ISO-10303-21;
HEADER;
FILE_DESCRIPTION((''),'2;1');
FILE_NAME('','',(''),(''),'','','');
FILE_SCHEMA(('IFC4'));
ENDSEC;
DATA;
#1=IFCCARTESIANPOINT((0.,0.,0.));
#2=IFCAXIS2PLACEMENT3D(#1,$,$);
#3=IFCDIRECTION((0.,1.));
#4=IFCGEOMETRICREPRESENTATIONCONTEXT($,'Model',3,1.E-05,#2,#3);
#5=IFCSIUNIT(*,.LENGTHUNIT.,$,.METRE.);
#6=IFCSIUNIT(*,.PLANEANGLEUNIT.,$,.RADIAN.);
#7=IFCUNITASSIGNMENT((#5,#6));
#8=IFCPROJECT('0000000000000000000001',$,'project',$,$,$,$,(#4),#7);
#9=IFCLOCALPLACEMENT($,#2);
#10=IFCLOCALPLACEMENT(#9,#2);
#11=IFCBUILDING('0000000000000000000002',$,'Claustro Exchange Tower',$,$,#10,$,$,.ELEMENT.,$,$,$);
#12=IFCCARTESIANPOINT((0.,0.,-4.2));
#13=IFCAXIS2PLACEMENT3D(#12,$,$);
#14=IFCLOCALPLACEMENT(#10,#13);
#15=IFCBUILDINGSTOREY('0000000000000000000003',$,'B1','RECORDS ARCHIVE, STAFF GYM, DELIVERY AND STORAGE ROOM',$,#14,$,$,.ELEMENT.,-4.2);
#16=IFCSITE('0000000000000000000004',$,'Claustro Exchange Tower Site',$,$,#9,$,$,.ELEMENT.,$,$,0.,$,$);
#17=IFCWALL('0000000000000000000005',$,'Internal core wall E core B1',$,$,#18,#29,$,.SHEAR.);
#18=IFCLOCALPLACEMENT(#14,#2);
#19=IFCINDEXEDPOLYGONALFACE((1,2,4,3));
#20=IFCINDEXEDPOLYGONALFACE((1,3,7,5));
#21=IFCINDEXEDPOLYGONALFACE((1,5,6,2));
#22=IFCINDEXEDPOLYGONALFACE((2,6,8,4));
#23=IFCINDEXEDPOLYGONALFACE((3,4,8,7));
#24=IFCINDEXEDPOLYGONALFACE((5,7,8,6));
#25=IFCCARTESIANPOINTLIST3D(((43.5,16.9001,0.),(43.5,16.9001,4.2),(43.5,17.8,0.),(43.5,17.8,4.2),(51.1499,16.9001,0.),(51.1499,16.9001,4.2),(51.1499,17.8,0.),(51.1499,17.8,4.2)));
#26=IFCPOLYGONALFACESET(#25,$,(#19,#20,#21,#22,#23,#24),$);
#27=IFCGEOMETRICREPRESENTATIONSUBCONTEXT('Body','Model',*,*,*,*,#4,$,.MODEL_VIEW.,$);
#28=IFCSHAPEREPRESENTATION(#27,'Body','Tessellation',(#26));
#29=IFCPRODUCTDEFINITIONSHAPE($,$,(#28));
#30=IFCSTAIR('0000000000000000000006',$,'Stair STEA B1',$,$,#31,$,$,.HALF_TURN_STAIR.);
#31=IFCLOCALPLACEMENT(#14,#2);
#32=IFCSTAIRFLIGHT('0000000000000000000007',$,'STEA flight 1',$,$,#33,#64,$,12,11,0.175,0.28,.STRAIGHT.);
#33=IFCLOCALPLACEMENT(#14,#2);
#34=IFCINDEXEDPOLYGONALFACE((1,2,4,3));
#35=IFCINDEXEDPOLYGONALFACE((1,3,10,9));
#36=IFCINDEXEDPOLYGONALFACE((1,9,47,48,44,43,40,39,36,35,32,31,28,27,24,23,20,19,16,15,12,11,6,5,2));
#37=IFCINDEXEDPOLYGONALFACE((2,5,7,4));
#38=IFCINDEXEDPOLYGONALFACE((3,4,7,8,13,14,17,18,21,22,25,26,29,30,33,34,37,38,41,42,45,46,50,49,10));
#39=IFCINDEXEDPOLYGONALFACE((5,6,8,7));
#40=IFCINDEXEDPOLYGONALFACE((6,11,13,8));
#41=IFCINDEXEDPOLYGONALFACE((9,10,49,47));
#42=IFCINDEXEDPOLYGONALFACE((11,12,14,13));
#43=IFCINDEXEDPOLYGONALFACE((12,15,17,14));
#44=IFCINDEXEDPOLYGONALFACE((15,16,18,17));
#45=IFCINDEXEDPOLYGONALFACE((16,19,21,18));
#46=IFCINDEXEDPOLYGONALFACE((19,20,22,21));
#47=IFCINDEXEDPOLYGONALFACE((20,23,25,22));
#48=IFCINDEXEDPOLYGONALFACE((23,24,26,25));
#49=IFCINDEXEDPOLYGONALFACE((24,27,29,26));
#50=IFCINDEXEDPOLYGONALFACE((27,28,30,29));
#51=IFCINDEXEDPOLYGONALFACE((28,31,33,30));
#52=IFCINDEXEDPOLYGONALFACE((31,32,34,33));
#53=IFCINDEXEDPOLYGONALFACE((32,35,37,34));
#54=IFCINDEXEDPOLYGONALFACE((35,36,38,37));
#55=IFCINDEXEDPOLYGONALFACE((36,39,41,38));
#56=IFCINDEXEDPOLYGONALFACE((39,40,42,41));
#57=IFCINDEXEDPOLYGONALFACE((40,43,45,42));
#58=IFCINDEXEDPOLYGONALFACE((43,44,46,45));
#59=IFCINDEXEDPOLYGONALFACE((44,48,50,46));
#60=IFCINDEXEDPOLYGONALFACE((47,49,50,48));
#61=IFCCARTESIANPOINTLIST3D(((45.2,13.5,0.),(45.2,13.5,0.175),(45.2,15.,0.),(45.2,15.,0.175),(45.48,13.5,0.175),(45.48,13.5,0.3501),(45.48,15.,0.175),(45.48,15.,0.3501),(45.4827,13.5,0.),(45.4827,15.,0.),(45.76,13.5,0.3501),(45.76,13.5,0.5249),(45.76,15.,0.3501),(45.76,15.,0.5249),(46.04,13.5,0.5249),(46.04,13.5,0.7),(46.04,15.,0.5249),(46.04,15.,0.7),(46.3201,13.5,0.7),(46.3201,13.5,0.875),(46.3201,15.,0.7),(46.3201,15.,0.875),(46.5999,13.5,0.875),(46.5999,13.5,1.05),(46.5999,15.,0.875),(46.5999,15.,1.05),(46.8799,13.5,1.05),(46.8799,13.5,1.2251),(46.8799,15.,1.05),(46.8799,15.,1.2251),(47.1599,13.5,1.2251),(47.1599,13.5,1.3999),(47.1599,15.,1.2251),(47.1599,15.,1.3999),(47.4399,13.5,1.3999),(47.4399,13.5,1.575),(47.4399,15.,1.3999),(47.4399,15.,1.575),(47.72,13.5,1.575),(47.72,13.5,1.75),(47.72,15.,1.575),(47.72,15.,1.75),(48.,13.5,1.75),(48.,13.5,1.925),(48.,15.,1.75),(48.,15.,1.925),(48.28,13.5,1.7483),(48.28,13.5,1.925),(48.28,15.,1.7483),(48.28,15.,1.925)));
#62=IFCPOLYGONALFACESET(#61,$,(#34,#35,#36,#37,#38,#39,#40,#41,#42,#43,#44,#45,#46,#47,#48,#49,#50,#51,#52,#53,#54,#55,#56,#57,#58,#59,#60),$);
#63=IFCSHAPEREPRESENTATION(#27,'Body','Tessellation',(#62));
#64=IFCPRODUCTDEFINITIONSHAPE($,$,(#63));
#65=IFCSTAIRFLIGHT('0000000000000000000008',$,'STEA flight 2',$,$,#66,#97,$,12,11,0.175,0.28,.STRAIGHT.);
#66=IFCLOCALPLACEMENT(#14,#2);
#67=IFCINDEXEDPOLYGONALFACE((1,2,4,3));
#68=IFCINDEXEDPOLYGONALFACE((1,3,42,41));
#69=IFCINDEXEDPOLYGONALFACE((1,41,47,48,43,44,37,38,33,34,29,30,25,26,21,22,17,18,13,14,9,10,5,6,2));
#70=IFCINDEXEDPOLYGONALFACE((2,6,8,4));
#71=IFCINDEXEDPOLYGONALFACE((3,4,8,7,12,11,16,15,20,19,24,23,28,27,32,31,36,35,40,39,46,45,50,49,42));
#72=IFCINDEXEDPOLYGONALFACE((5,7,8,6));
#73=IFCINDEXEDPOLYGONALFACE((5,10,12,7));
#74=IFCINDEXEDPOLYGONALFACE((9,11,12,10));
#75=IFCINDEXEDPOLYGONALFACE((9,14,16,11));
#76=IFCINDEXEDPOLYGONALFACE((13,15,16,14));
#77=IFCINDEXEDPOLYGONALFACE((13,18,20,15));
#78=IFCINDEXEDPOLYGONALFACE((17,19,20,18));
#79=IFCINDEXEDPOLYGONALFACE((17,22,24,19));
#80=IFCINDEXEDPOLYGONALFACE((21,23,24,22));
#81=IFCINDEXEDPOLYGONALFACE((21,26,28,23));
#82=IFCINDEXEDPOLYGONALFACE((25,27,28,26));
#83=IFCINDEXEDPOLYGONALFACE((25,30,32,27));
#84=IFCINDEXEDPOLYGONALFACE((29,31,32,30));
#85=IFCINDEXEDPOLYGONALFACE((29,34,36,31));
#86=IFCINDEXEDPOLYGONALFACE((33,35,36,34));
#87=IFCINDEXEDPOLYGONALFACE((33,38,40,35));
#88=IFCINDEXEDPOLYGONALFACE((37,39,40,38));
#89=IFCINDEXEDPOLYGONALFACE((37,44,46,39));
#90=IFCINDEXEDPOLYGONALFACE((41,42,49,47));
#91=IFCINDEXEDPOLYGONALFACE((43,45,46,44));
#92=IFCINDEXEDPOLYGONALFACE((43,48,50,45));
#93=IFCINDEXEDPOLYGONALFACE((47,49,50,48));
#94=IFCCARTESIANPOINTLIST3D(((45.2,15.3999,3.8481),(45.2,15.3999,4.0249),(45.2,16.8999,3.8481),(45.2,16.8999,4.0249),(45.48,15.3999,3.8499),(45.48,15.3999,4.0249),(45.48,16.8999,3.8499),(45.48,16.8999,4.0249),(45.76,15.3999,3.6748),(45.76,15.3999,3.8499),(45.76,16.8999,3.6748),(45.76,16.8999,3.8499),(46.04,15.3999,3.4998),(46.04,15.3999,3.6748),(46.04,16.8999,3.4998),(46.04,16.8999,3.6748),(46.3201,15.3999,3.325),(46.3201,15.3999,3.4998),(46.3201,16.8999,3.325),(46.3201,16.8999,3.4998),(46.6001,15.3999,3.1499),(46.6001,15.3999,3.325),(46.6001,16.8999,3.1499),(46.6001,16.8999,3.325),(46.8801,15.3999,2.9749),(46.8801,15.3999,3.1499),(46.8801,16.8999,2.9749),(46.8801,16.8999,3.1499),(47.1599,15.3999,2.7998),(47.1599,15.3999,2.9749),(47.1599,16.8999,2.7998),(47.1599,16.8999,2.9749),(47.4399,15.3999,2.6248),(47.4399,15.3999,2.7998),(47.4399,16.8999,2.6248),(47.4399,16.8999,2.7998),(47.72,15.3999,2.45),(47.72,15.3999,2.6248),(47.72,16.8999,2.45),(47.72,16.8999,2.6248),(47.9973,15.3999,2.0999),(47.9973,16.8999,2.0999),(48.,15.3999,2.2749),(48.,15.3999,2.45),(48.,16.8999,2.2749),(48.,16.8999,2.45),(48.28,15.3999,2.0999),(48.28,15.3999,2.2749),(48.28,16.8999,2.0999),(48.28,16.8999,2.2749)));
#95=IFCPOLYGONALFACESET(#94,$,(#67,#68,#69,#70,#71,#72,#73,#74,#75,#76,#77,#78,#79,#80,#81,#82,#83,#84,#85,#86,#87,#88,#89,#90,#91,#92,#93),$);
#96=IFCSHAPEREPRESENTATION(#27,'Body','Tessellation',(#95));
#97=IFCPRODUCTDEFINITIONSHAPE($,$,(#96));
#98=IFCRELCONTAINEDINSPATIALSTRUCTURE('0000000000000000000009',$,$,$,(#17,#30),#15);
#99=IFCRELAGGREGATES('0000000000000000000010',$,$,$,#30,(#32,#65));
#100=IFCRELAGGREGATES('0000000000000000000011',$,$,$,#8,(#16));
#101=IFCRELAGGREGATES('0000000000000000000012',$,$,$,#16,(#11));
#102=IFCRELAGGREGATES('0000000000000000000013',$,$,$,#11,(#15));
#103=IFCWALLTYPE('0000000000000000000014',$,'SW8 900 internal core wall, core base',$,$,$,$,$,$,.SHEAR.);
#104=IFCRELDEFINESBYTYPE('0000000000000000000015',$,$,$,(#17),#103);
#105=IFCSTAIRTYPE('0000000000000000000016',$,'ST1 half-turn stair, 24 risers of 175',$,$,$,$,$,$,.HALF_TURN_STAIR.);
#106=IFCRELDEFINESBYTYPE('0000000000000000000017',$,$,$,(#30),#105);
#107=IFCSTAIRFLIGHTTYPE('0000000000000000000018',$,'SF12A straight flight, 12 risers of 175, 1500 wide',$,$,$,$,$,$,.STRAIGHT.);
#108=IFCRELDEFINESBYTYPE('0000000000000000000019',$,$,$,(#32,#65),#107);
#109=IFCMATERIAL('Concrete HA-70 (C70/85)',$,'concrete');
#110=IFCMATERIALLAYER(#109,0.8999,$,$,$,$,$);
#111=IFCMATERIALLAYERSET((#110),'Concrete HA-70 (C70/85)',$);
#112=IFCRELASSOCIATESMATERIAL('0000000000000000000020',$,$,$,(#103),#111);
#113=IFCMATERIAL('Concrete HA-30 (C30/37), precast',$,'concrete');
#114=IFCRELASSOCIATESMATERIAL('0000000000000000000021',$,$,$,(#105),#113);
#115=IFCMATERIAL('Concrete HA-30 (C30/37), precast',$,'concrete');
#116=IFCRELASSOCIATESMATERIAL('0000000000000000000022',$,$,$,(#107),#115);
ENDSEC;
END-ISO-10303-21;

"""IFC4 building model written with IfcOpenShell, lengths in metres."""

from ifc_helpers import new_model, si_unit, direction, frame, frame_2d, origin, place, context, subcontext, project, spatial, polyline, rectangle, outline, extrude, material, layer, layer_set, type_object, element, aggregate, save


model = new_model("IFC4")

# Units and contexts
model_context = context("Model", 3, precision=1e-05, world=origin(), true_north=direction((0.0, 1.0)))
body_context = subcontext(model_context, "Body", "Model", "MODEL_VIEW")
ifc_project = project(units=[si_unit("LENGTHUNIT", "METRE"), si_unit("PLANEANGLEUNIT", "RADIAN")], contexts=[model_context])

# Site, building, storey
site_placement = place(None, origin())
site = spatial("IfcSite", under=ifc_project, at=site_placement, Name="Claustro Exchange Tower Site", CompositionType="ELEMENT", RefElevation=0.0)
building_placement = place(site_placement, origin())
building = spatial("IfcBuilding", under=site, at=building_placement, Name="Claustro Exchange Tower", CompositionType="ELEMENT")
storey_placement = place(building_placement, frame((0.0, 0.0, -4.2)))
storey = spatial("IfcBuildingStorey", under=building, at=storey_placement, Name="B1", Description="RECORDS ARCHIVE, STAFF GYM, DELIVERY AND STORAGE ROOM", CompositionType="ELEMENT", Elevation=-4.2)

# Wall
ifc_material_1 = material(Name="Concrete HA-70 (C70/85)", Category="concrete")
ifc_layer_1 = layer(ifc_material_1, 0.8999)
ifc_layer_set_1 = layer_set([ifc_layer_1], Name="Concrete HA-70 (C70/85)")
wall_type_1 = type_object("IfcWallType", Name="SW8 900 internal core wall, core base", PredefinedType="SHEAR", material=ifc_layer_set_1)
wall_1_placement = place(storey_placement, frame((51.1499, 17.3501, 0.0), z_axis=(0.0, 0.0, 1.0), x_axis=(-1.0, 0.0, 0.0)))
element("IfcWall", 1, at=wall_1_placement, inside=storey, type_object=wall_type_1, Name="Internal core wall E core B1", PredefinedType="SHEAR", context=body_context, shape_type="SweptSolid", body=[
    extrude(rectangle(XDim=7.6499, YDim=0.8999, at=frame_2d((3.825, 0.0))), origin(), (0.0, 0.0, 1.0), 4.2),
])

# Stair, stair flights
ifc_material_2 = material(Name="Concrete HA-30 (C30/37), precast", Category="concrete")
stair_type = type_object("IfcStairType", Name="ST1 half-turn stair, 24 risers of 175", PredefinedType="HALF_TURN_STAIR", material=ifc_material_2)
stair_placement = place(storey_placement, origin())
stair = element("IfcStair", 2, at=stair_placement, inside=storey, type_object=stair_type, Name="Stair STEA B1", PredefinedType="HALF_TURN_STAIR")
ifc_material_3 = material(Name="Concrete HA-30 (C30/37), precast", Category="concrete")
stair_flight_type = type_object("IfcStairFlightType", Name="SF12A straight flight, 12 risers of 175, 1500 wide", PredefinedType="STRAIGHT", material=ifc_material_3)
stair_flight_1_placement = place(storey_placement, frame((45.2, 14.25, 0.0), z_axis=(0.0, 0.0, 1.0), x_axis=(1.0, 0.0, 0.0)))
stair_flight_1 = element("IfcStairFlight", 3, at=stair_flight_1_placement, type_object=stair_flight_type, Name="STEA flight 1", NumberOfRisers=12, NumberOfTreads=11, PredefinedType="STRAIGHT", RiserHeight=0.175, TreadLength=0.28, context=body_context, shape_type="SweptSolid", body=[
    extrude(outline(polyline([(0.0, 0.0), (0.0, 0.175), (0.28, 0.175), (0.28, 0.3501), (0.5601, 0.3501), (0.5601, 0.5249), (0.8401, 0.5249), (0.8401, 0.7), (1.1201, 0.7), (1.1201, 0.875), (1.3999, 0.875), (1.3999, 1.05), (1.6799, 1.05), (1.6799, 1.2251), (1.96, 1.2251), (1.96, 1.3999), (2.24, 1.3999), (2.24, 1.575), (2.52, 1.575), (2.52, 1.75), (2.8, 1.75), (2.8, 1.925), (3.0801, 1.925), (3.0801, 2.1001), (3.0801, 1.7483), (0.2827, 0.0), (0.0, 0.0)])), frame((0.0, 0.75, 0.0), z_axis=(0.0, -1.0, 0.0), x_axis=(1.0, 0.0, 0.0)), (0.0, 0.0, 1.0), 1.5),
])
stair_flight_2_placement = place(storey_placement, frame((48.28, 16.1499, 2.0999), z_axis=(0.0, 0.0, 1.0), x_axis=(-1.0, 0.0, 0.0)))
stair_flight_2 = element("IfcStairFlight", 4, at=stair_flight_2_placement, type_object=stair_flight_type, Name="STEA flight 2", NumberOfRisers=12, NumberOfTreads=11, PredefinedType="STRAIGHT", RiserHeight=0.175, TreadLength=0.28, context=body_context, shape_type="SweptSolid", body=[
    extrude(outline(polyline([(0.0, 0.0), (0.0, 0.175), (0.28, 0.175), (0.28, 0.3501), (0.5601, 0.3501), (0.5601, 0.5249), (0.8401, 0.5249), (0.8401, 0.7), (1.1201, 0.7), (1.1201, 0.875), (1.3999, 0.875), (1.3999, 1.05), (1.6799, 1.05), (1.6799, 1.2251), (1.96, 1.2251), (1.96, 1.3999), (2.24, 1.3999), (2.24, 1.575), (2.52, 1.575), (2.52, 1.75), (2.8, 1.75), (2.8, 1.925), (3.0801, 1.925), (3.0801, 2.1001), (3.0801, 1.7483), (0.2827, 0.0), (0.0, 0.0)])), frame((0.0, 0.75, 0.0), z_axis=(0.0, -1.0, 0.0), x_axis=(1.0, 0.0, 0.0)), (0.0, 0.0, 1.0), 1.5),
])
aggregate(stair, [stair_flight_1, stair_flight_2])

save(model, "model.ifc")
